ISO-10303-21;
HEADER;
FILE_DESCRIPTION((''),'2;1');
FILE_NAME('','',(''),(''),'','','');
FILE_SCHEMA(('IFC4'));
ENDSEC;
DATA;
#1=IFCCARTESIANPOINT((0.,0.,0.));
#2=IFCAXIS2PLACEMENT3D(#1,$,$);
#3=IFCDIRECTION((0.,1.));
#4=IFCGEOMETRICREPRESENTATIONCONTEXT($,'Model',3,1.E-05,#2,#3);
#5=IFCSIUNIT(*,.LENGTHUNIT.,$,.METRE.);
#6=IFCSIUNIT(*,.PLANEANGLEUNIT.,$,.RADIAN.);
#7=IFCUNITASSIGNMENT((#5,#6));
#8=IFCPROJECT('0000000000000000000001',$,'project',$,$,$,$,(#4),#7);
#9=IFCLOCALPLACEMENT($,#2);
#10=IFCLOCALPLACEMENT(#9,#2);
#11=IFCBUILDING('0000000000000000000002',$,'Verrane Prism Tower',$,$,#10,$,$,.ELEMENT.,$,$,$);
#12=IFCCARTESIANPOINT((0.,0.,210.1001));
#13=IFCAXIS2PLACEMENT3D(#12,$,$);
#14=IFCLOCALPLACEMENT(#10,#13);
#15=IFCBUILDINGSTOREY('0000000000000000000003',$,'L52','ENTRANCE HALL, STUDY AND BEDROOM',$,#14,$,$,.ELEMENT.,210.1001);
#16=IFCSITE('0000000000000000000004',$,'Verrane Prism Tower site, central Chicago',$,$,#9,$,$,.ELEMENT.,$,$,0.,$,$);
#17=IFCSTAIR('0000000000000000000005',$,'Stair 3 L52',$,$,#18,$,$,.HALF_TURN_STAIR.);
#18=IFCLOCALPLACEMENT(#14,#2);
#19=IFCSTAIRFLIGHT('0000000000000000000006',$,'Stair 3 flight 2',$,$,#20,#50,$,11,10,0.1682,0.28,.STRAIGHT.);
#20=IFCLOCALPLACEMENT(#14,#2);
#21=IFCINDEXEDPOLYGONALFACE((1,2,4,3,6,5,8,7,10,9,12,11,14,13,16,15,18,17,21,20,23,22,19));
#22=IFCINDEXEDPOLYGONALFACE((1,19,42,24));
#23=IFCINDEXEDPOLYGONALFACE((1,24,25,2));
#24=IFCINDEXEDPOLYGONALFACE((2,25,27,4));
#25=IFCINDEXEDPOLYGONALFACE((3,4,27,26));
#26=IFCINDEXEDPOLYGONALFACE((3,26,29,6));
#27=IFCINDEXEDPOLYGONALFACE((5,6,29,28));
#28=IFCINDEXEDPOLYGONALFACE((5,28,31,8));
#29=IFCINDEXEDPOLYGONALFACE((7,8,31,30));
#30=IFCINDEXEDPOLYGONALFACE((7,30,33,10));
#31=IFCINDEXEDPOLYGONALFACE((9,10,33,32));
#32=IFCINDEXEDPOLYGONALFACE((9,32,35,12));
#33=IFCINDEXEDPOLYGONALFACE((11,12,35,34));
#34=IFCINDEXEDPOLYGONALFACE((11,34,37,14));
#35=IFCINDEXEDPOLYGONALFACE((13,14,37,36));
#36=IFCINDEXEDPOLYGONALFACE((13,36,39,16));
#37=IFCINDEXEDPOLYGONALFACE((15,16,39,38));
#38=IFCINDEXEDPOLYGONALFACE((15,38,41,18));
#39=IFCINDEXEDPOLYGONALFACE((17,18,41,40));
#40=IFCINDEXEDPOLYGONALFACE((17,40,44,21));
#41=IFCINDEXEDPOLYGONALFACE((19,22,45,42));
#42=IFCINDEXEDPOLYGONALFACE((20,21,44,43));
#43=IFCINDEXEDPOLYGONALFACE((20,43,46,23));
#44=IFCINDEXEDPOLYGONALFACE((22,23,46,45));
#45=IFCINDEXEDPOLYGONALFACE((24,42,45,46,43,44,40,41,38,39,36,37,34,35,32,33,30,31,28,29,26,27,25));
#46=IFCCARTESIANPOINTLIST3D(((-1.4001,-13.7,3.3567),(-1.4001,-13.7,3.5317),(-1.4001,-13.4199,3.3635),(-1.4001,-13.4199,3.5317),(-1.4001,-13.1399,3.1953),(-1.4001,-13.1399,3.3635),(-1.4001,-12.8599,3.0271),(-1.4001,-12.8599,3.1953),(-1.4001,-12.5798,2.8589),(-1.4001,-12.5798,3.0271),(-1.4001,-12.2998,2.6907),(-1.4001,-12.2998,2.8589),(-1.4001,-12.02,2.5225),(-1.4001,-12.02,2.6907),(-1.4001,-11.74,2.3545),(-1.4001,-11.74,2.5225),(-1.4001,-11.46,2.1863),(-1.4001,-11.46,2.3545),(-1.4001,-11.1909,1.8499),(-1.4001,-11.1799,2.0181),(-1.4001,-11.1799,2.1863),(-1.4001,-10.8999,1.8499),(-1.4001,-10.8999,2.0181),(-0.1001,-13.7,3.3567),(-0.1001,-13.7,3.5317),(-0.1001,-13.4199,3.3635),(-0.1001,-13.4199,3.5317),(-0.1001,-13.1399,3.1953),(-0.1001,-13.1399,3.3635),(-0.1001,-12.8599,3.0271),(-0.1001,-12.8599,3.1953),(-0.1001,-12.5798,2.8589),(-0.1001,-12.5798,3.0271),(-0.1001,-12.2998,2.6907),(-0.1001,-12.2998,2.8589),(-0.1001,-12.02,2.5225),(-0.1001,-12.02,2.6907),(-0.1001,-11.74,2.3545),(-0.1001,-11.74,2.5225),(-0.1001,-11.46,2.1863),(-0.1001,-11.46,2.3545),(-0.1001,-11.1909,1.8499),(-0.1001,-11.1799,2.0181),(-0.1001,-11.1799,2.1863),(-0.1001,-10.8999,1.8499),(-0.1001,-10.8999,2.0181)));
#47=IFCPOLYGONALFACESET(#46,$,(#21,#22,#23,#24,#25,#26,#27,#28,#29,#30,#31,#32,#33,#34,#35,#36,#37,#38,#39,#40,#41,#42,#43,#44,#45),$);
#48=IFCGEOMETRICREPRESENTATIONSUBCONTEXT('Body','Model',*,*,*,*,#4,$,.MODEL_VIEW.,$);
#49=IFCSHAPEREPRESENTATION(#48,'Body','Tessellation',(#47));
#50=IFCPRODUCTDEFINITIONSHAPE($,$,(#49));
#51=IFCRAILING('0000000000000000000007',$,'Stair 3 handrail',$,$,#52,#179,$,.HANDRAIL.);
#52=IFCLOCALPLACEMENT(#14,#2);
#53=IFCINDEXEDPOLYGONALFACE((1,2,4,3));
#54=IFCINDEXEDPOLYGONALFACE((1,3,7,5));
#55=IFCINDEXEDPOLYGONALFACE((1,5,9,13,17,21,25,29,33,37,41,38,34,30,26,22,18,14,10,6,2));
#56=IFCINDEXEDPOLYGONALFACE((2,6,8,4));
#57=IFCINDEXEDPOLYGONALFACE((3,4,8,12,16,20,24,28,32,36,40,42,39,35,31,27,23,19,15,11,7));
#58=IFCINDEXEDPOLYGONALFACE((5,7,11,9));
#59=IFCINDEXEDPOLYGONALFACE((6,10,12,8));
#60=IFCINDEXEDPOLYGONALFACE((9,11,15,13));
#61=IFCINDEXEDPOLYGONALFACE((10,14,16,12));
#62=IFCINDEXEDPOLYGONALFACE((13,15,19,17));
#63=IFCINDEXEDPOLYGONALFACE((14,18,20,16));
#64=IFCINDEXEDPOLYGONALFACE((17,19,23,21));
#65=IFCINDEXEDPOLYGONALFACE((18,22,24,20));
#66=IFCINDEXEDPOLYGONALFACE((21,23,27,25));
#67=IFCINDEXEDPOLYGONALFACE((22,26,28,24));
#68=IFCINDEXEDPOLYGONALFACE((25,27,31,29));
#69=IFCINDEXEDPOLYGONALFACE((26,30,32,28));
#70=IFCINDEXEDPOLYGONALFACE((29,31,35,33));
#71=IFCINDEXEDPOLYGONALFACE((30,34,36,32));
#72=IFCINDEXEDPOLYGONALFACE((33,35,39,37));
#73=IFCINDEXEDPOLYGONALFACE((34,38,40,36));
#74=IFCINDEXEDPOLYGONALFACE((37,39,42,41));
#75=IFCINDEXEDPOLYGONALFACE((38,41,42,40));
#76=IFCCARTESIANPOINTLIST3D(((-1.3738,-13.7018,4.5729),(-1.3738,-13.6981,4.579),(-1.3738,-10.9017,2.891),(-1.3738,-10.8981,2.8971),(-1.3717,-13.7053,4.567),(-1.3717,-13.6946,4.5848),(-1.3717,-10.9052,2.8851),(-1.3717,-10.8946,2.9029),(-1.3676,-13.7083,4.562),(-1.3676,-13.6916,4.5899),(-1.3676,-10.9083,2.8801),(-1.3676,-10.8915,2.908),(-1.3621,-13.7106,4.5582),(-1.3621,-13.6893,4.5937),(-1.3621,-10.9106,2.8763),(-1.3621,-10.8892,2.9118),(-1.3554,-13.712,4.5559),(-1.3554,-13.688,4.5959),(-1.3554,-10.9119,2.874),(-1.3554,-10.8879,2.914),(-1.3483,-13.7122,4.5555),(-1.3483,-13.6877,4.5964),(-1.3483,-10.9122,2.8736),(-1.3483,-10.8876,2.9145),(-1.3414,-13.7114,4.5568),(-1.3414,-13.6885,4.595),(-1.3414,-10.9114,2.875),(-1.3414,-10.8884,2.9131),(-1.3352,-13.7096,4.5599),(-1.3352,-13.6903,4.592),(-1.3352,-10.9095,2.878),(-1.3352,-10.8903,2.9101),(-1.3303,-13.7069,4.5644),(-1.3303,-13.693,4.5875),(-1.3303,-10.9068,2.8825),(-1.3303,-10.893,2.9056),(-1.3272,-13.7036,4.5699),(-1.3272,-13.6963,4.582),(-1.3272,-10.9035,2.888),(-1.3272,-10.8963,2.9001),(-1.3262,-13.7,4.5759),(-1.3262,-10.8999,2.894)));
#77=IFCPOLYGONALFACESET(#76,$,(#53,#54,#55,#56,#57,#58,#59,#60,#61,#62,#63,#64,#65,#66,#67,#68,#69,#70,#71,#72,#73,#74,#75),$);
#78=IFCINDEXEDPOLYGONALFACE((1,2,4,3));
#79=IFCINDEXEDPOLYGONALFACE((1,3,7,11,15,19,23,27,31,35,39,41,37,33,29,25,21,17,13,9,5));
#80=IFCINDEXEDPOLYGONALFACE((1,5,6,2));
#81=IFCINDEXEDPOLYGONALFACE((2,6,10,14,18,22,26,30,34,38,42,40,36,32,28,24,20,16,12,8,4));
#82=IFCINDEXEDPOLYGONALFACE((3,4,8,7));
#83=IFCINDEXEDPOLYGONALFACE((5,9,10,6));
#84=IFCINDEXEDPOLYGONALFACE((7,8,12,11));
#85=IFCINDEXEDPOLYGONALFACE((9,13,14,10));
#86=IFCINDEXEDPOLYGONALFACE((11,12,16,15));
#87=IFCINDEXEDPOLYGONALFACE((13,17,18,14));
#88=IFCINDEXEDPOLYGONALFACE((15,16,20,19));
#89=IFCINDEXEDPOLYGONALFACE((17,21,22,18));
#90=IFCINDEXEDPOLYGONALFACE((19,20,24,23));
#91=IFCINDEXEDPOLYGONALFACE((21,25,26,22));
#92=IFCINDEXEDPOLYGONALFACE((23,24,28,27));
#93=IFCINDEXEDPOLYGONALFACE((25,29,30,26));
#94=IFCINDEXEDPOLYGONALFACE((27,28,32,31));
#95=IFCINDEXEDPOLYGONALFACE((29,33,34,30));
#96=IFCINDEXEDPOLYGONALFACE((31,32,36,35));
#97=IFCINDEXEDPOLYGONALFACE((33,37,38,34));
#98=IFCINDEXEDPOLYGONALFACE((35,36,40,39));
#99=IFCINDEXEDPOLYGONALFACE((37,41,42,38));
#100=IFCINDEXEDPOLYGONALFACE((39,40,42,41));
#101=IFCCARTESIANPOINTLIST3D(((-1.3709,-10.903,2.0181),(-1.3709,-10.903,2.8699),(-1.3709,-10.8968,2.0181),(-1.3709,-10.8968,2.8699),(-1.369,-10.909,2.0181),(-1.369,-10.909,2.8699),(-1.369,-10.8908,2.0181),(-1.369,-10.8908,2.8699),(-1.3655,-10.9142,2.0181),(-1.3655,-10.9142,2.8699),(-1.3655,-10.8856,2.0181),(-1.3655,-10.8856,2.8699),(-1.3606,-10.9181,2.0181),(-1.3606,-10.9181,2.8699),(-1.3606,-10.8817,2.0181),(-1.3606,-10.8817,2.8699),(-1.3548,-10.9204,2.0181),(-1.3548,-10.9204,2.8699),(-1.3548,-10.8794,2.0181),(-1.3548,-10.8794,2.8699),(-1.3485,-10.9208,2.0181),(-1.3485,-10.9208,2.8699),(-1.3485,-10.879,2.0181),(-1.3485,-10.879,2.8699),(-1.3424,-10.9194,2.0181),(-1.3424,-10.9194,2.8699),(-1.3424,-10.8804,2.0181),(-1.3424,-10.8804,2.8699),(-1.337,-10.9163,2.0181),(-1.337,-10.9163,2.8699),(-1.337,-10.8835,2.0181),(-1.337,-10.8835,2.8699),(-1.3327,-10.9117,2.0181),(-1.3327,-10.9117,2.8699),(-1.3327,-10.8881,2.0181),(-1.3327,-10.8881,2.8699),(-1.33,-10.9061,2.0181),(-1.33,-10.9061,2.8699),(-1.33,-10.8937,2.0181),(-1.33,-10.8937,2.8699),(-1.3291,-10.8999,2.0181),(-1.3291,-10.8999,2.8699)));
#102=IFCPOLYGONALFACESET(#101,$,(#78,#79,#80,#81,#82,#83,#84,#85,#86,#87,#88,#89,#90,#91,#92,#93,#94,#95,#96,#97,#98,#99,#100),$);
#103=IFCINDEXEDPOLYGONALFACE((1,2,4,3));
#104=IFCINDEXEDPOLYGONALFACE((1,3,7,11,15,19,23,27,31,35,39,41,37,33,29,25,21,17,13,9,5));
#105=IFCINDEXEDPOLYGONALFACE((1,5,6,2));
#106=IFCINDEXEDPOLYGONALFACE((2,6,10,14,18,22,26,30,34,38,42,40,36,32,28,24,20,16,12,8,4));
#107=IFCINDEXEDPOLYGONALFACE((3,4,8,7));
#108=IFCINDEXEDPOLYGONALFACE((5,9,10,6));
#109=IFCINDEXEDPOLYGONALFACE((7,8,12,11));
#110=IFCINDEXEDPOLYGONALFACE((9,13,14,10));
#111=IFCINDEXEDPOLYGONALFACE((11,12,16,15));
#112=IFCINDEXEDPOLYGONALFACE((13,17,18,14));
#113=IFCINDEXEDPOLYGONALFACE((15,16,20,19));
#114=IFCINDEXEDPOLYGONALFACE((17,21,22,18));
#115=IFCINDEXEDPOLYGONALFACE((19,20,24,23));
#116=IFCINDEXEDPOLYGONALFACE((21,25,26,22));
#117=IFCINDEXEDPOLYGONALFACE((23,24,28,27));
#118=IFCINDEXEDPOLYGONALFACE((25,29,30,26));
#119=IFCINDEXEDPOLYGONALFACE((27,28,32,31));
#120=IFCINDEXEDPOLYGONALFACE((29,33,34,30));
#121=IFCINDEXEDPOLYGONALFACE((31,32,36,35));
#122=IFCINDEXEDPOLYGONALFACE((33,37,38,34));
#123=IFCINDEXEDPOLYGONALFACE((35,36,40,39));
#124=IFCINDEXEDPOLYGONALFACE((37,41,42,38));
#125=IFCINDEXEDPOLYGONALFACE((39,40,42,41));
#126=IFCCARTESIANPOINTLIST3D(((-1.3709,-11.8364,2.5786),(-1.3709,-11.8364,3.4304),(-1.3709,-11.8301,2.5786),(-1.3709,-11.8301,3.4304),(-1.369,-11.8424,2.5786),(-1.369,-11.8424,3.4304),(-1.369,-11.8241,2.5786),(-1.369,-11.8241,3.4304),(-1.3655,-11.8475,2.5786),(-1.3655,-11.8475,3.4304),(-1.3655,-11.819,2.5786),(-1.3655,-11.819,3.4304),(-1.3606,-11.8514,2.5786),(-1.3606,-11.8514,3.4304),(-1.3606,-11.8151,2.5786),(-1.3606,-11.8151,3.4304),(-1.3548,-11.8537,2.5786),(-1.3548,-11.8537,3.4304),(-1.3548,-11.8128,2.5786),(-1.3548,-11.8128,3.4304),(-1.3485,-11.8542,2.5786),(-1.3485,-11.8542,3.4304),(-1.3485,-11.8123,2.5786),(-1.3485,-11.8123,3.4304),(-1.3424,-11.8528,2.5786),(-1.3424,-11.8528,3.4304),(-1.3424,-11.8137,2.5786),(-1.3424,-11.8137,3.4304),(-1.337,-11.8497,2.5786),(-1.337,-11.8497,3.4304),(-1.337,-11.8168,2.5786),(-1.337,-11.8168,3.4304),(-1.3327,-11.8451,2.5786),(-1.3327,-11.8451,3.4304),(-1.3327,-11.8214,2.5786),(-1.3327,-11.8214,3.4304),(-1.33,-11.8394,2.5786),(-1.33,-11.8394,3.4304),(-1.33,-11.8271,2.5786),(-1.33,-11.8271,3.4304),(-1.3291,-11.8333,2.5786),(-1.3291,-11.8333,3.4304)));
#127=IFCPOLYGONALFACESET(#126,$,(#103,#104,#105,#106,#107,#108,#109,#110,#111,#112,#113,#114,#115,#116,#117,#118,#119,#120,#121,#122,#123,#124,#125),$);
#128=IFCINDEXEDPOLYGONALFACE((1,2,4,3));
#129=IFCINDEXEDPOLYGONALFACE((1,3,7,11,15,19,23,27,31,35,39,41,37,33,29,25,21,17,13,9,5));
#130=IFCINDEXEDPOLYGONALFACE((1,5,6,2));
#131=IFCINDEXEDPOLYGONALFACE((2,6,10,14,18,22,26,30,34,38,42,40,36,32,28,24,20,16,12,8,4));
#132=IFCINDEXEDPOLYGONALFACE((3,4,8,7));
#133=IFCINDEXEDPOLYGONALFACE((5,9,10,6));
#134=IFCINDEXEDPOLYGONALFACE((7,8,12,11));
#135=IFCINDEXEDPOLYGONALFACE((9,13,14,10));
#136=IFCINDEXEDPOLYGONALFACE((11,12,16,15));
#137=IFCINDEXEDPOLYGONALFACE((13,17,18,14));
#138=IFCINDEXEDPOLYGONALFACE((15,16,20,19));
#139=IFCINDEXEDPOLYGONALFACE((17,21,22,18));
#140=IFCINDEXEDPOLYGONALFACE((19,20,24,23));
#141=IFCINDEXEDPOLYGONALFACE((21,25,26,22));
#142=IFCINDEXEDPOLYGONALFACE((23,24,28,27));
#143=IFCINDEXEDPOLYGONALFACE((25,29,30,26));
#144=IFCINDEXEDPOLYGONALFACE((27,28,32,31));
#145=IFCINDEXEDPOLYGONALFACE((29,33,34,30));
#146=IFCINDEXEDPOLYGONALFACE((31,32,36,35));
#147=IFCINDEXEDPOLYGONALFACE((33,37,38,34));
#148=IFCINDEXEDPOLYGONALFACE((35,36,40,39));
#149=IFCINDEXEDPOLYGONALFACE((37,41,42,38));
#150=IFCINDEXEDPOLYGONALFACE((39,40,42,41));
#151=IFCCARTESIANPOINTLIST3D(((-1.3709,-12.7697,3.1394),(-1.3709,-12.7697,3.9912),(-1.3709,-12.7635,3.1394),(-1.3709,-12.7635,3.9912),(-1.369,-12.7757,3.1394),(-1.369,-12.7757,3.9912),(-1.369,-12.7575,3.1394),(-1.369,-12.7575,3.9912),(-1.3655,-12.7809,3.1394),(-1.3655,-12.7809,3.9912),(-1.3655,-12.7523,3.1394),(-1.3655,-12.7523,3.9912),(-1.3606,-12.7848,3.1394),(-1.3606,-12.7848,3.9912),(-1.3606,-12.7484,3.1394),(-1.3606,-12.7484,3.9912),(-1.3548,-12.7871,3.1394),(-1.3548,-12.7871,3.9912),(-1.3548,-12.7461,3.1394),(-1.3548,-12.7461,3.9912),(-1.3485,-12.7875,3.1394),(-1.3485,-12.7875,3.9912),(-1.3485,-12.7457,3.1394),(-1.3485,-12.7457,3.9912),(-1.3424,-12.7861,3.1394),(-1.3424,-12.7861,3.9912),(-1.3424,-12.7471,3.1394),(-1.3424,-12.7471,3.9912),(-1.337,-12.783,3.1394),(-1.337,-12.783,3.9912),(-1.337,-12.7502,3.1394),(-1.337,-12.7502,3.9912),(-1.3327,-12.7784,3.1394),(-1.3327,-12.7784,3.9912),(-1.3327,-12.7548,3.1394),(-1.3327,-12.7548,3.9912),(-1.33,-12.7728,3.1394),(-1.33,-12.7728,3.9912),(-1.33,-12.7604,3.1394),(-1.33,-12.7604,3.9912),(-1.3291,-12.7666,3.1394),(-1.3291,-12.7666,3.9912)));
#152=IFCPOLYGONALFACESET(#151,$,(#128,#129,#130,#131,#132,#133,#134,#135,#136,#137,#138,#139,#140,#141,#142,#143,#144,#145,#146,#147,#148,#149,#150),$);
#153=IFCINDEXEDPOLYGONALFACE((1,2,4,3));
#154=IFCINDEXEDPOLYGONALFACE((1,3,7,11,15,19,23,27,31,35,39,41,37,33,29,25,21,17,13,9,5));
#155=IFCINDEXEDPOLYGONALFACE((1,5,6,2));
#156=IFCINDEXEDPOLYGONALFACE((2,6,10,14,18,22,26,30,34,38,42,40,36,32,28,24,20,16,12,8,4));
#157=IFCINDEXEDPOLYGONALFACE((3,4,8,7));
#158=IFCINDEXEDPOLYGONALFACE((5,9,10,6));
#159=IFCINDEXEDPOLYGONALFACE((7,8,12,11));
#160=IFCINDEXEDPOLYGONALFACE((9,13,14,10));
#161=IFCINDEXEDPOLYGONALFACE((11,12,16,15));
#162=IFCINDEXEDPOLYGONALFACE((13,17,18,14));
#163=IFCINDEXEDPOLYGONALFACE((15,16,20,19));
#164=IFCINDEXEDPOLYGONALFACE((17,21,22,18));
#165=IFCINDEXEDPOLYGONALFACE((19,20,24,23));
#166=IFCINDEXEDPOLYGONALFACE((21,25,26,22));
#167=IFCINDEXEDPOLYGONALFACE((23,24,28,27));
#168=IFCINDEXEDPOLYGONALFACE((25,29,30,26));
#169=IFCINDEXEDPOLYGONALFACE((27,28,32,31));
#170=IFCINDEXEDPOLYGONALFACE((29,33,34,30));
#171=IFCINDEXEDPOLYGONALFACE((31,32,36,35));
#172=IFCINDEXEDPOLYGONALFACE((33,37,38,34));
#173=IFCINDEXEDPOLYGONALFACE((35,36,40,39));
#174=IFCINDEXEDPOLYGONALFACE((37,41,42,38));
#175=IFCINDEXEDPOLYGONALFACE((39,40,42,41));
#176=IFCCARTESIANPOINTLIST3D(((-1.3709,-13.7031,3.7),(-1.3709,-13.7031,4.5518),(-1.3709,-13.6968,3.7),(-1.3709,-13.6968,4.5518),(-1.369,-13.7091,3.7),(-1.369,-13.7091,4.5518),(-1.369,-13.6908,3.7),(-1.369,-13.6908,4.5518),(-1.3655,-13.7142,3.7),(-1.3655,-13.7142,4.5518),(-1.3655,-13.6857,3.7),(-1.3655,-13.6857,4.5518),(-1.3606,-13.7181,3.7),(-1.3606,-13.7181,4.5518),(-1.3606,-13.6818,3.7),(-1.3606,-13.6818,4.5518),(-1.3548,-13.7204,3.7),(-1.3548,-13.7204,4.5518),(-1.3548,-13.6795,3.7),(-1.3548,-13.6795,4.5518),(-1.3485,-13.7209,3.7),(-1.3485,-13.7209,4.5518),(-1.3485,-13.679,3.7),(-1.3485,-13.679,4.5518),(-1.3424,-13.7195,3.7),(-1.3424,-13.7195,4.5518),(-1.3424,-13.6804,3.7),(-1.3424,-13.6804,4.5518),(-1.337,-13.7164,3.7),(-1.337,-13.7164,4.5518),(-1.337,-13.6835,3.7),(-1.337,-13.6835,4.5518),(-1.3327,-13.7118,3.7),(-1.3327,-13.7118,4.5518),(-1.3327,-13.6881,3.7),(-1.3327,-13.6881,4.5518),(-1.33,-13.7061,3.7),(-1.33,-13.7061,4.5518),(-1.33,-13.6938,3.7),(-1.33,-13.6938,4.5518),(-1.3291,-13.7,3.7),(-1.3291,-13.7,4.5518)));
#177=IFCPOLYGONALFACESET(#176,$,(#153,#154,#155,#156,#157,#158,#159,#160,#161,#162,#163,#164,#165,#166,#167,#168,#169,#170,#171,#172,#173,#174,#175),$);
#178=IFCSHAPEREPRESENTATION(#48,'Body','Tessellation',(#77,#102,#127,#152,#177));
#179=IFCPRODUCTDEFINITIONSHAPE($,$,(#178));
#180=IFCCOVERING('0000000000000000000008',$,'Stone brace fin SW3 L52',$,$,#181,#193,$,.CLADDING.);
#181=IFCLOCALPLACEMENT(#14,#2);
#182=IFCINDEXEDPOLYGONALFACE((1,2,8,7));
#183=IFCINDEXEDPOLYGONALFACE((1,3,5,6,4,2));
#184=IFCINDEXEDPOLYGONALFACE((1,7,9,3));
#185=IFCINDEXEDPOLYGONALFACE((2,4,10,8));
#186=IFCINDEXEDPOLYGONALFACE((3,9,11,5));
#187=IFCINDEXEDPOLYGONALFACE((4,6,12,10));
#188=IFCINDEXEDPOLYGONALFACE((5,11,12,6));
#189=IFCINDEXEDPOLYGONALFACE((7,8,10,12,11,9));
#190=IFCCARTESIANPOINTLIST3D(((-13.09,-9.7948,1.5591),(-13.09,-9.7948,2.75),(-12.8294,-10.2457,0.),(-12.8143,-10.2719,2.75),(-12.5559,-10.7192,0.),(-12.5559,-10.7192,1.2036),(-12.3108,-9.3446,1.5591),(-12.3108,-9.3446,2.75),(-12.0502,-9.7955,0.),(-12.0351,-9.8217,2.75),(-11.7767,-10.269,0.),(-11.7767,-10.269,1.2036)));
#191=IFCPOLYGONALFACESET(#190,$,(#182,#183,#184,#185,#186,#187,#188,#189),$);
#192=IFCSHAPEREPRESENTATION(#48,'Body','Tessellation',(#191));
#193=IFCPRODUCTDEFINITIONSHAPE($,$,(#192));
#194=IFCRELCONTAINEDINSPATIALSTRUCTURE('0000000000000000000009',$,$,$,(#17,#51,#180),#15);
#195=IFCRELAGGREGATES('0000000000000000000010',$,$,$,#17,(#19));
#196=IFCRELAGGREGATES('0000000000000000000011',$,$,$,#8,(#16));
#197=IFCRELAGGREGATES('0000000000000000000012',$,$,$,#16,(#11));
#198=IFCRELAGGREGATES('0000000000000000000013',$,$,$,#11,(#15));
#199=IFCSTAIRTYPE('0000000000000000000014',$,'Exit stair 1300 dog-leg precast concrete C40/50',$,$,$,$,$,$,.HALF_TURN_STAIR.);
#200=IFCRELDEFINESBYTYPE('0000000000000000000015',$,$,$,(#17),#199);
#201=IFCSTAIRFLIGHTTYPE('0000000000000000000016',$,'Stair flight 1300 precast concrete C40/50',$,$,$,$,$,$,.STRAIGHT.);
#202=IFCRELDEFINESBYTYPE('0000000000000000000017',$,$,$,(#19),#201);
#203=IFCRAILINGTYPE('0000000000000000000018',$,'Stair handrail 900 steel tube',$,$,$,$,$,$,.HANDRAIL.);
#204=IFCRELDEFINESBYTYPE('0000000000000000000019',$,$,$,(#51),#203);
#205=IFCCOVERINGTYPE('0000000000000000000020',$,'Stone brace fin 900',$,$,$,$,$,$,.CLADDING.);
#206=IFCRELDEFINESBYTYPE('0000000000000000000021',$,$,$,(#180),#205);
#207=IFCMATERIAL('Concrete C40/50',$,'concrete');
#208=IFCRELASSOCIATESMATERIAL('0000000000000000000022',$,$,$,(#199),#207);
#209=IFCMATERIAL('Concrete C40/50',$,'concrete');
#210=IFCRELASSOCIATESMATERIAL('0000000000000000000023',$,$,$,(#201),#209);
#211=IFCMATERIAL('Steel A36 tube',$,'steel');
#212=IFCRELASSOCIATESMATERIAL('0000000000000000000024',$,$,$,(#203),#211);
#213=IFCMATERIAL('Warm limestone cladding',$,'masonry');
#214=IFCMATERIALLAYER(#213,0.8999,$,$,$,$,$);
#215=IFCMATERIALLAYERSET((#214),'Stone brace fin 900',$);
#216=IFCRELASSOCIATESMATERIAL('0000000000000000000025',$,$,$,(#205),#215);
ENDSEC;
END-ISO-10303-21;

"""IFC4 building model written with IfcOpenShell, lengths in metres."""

from ifc_helpers import new_model, si_unit, direction, frame, origin, origin_2d, place, context, subcontext, project, spatial, polyline, circle, outline, extrude, material, layer, layer_set, type_object, element, aggregate, save


model = new_model("IFC4")

# Units and contexts
model_context = context("Model", 3, precision=1e-05, world=origin(), true_north=direction((0.0, 1.0)))
body_context = subcontext(model_context, "Body", "Model", "MODEL_VIEW")
ifc_project = project(units=[si_unit("LENGTHUNIT", "METRE"), si_unit("PLANEANGLEUNIT", "RADIAN")], contexts=[model_context])

# Site, building, storey
site_placement = place(None, origin())
site = spatial("IfcSite", under=ifc_project, at=site_placement, Name="Verrane Prism Tower site, central Chicago", CompositionType="ELEMENT", RefElevation=0.0)
building_placement = place(site_placement, origin())
building = spatial("IfcBuilding", under=site, at=building_placement, Name="Verrane Prism Tower", CompositionType="ELEMENT")
storey_placement = place(building_placement, frame((0.0, 0.0, 210.1001)))
storey = spatial("IfcBuildingStorey", under=building, at=storey_placement, Name="L52", Description="ENTRANCE HALL, STUDY AND BEDROOM", CompositionType="ELEMENT", Elevation=210.1001)

# Stair, stair flight
ifc_material_1 = material(Name="Concrete C40/50", Category="concrete")
stair_type = type_object("IfcStairType", Name="Exit stair 1300 dog-leg precast concrete C40/50", PredefinedType="HALF_TURN_STAIR", material=ifc_material_1)
stair_placement = place(storey_placement, origin())
stair = element("IfcStair", 1, at=stair_placement, inside=storey, type_object=stair_type, Name="Stair 3 L52", PredefinedType="HALF_TURN_STAIR")
ifc_material_2 = material(Name="Concrete C40/50", Category="concrete")
stair_flight_type = type_object("IfcStairFlightType", Name="Stair flight 1300 precast concrete C40/50", PredefinedType="STRAIGHT", material=ifc_material_2)
stair_flight_placement = place(storey_placement, frame((-0.75, -10.8999, 1.8499), z_axis=(0.0, 0.0, 1.0), x_axis=(0.0, -1.0, 0.0)))
stair_flight = element("IfcStairFlight", 2, at=stair_flight_placement, type_object=stair_flight_type, Name="Stair 3 flight 2", NumberOfRisers=11, NumberOfTreads=10, PredefinedType="STRAIGHT", RiserHeight=0.1682, TreadLength=0.28, context=body_context, shape_type="SweptSolid", body=[
    extrude(outline(polyline([(0.0, 0.0), (0.0, 0.1682), (0.28, 0.1682), (0.28, 0.3364), (0.5601, 0.3364), (0.5601, 0.5046), (0.8401, 0.5046), (0.8401, 0.6726), (1.1201, 0.6726), (1.1201, 0.8408), (1.3999, 0.8408), (1.3999, 1.009), (1.6799, 1.009), (1.6799, 1.1772), (1.96, 1.1772), (1.96, 1.3455), (2.24, 1.3455), (2.24, 1.5137), (2.52, 1.5137), (2.52, 1.6819), (2.8, 1.6819), (2.8, 1.8501), (2.8, 1.5068), (0.291, 0.0), (0.0, 0.0)])), frame((0.0, 0.6499, 0.0), z_axis=(0.0, -1.0, 0.0), x_axis=(1.0, 0.0, 0.0)), (0.0, 0.0, 1.0), 1.3),
])
aggregate(stair, [stair_flight])

# Railing
ifc_material_3 = material(Name="Steel A36 tube", Category="steel")
railing_type = type_object("IfcRailingType", Name="Stair handrail 900 steel tube", PredefinedType="HANDRAIL", material=ifc_material_3)
railing_placement = place(storey_placement, frame((-1.3501, -10.8999, 2.0181)))
element("IfcRailing", 3, at=railing_placement, inside=storey, type_object=railing_type, Name="Stair 3 handrail", PredefinedType="HANDRAIL", context=body_context, shape_type="SweptSolid", body=[
    extrude(circle(Radius=0.0239, at=origin_2d()), frame((0.0, 0.0, 0.876), z_axis=(0.0, -0.857242, 0.514913), x_axis=(1.0, 0.0, 0.0)), (0.0, 0.0, 1.0), 3.2664),
    extrude(circle(Radius=0.021, at=origin_2d()), origin(), (0.0, 0.0, 1.0), 0.8518),
    extrude(circle(Radius=0.021, at=origin_2d()), frame((0.0, -0.9333, 0.5605)), (0.0, 0.0, 1.0), 0.8518),
    extrude(circle(Radius=0.021, at=origin_2d()), frame((0.0, -1.8667, 1.1213)), (0.0, 0.0, 1.0), 0.8518),
    extrude(circle(Radius=0.021, at=origin_2d()), frame((0.0, -2.8, 1.6819)), (0.0, 0.0, 1.0), 0.8518),
])

# Covering
ifc_material_4 = material(Name="Warm limestone cladding", Category="masonry")
ifc_layer_1 = layer(ifc_material_4, 0.8999)
ifc_layer_set_1 = layer_set([ifc_layer_1], Name="Stone brace fin 900")
covering_type = type_object("IfcCoveringType", Name="Stone brace fin 900", PredefinedType="CLADDING", material=ifc_layer_set_1)
covering_placement = place(storey_placement, frame((-12.1663, -10.4941, 0.0), z_axis=(0.0, 0.0, 1.0), x_axis=(-0.50027, 0.865869, 0.0)))
element("IfcCovering", 4, at=covering_placement, inside=storey, type_object=covering_type, Name="Stone brace fin SW3 L52", PredefinedType="CLADDING", context=body_context, shape_type="SweptSolid", body=[
    extrude(outline(polyline([(1.0676, 2.75), (0.5166, 2.75), (0.0, 1.2036), (0.0, 0.0), (0.5469, 0.0), (1.0676, 1.5591), (1.0676, 2.75)])), frame((0.0, 0.45, 0.0), z_axis=(0.0, -1.0, 0.0), x_axis=(1.0, 0.0, 0.0)), (0.0, 0.0, 1.0), 0.8999),
])

save(model, "model.ifc")
